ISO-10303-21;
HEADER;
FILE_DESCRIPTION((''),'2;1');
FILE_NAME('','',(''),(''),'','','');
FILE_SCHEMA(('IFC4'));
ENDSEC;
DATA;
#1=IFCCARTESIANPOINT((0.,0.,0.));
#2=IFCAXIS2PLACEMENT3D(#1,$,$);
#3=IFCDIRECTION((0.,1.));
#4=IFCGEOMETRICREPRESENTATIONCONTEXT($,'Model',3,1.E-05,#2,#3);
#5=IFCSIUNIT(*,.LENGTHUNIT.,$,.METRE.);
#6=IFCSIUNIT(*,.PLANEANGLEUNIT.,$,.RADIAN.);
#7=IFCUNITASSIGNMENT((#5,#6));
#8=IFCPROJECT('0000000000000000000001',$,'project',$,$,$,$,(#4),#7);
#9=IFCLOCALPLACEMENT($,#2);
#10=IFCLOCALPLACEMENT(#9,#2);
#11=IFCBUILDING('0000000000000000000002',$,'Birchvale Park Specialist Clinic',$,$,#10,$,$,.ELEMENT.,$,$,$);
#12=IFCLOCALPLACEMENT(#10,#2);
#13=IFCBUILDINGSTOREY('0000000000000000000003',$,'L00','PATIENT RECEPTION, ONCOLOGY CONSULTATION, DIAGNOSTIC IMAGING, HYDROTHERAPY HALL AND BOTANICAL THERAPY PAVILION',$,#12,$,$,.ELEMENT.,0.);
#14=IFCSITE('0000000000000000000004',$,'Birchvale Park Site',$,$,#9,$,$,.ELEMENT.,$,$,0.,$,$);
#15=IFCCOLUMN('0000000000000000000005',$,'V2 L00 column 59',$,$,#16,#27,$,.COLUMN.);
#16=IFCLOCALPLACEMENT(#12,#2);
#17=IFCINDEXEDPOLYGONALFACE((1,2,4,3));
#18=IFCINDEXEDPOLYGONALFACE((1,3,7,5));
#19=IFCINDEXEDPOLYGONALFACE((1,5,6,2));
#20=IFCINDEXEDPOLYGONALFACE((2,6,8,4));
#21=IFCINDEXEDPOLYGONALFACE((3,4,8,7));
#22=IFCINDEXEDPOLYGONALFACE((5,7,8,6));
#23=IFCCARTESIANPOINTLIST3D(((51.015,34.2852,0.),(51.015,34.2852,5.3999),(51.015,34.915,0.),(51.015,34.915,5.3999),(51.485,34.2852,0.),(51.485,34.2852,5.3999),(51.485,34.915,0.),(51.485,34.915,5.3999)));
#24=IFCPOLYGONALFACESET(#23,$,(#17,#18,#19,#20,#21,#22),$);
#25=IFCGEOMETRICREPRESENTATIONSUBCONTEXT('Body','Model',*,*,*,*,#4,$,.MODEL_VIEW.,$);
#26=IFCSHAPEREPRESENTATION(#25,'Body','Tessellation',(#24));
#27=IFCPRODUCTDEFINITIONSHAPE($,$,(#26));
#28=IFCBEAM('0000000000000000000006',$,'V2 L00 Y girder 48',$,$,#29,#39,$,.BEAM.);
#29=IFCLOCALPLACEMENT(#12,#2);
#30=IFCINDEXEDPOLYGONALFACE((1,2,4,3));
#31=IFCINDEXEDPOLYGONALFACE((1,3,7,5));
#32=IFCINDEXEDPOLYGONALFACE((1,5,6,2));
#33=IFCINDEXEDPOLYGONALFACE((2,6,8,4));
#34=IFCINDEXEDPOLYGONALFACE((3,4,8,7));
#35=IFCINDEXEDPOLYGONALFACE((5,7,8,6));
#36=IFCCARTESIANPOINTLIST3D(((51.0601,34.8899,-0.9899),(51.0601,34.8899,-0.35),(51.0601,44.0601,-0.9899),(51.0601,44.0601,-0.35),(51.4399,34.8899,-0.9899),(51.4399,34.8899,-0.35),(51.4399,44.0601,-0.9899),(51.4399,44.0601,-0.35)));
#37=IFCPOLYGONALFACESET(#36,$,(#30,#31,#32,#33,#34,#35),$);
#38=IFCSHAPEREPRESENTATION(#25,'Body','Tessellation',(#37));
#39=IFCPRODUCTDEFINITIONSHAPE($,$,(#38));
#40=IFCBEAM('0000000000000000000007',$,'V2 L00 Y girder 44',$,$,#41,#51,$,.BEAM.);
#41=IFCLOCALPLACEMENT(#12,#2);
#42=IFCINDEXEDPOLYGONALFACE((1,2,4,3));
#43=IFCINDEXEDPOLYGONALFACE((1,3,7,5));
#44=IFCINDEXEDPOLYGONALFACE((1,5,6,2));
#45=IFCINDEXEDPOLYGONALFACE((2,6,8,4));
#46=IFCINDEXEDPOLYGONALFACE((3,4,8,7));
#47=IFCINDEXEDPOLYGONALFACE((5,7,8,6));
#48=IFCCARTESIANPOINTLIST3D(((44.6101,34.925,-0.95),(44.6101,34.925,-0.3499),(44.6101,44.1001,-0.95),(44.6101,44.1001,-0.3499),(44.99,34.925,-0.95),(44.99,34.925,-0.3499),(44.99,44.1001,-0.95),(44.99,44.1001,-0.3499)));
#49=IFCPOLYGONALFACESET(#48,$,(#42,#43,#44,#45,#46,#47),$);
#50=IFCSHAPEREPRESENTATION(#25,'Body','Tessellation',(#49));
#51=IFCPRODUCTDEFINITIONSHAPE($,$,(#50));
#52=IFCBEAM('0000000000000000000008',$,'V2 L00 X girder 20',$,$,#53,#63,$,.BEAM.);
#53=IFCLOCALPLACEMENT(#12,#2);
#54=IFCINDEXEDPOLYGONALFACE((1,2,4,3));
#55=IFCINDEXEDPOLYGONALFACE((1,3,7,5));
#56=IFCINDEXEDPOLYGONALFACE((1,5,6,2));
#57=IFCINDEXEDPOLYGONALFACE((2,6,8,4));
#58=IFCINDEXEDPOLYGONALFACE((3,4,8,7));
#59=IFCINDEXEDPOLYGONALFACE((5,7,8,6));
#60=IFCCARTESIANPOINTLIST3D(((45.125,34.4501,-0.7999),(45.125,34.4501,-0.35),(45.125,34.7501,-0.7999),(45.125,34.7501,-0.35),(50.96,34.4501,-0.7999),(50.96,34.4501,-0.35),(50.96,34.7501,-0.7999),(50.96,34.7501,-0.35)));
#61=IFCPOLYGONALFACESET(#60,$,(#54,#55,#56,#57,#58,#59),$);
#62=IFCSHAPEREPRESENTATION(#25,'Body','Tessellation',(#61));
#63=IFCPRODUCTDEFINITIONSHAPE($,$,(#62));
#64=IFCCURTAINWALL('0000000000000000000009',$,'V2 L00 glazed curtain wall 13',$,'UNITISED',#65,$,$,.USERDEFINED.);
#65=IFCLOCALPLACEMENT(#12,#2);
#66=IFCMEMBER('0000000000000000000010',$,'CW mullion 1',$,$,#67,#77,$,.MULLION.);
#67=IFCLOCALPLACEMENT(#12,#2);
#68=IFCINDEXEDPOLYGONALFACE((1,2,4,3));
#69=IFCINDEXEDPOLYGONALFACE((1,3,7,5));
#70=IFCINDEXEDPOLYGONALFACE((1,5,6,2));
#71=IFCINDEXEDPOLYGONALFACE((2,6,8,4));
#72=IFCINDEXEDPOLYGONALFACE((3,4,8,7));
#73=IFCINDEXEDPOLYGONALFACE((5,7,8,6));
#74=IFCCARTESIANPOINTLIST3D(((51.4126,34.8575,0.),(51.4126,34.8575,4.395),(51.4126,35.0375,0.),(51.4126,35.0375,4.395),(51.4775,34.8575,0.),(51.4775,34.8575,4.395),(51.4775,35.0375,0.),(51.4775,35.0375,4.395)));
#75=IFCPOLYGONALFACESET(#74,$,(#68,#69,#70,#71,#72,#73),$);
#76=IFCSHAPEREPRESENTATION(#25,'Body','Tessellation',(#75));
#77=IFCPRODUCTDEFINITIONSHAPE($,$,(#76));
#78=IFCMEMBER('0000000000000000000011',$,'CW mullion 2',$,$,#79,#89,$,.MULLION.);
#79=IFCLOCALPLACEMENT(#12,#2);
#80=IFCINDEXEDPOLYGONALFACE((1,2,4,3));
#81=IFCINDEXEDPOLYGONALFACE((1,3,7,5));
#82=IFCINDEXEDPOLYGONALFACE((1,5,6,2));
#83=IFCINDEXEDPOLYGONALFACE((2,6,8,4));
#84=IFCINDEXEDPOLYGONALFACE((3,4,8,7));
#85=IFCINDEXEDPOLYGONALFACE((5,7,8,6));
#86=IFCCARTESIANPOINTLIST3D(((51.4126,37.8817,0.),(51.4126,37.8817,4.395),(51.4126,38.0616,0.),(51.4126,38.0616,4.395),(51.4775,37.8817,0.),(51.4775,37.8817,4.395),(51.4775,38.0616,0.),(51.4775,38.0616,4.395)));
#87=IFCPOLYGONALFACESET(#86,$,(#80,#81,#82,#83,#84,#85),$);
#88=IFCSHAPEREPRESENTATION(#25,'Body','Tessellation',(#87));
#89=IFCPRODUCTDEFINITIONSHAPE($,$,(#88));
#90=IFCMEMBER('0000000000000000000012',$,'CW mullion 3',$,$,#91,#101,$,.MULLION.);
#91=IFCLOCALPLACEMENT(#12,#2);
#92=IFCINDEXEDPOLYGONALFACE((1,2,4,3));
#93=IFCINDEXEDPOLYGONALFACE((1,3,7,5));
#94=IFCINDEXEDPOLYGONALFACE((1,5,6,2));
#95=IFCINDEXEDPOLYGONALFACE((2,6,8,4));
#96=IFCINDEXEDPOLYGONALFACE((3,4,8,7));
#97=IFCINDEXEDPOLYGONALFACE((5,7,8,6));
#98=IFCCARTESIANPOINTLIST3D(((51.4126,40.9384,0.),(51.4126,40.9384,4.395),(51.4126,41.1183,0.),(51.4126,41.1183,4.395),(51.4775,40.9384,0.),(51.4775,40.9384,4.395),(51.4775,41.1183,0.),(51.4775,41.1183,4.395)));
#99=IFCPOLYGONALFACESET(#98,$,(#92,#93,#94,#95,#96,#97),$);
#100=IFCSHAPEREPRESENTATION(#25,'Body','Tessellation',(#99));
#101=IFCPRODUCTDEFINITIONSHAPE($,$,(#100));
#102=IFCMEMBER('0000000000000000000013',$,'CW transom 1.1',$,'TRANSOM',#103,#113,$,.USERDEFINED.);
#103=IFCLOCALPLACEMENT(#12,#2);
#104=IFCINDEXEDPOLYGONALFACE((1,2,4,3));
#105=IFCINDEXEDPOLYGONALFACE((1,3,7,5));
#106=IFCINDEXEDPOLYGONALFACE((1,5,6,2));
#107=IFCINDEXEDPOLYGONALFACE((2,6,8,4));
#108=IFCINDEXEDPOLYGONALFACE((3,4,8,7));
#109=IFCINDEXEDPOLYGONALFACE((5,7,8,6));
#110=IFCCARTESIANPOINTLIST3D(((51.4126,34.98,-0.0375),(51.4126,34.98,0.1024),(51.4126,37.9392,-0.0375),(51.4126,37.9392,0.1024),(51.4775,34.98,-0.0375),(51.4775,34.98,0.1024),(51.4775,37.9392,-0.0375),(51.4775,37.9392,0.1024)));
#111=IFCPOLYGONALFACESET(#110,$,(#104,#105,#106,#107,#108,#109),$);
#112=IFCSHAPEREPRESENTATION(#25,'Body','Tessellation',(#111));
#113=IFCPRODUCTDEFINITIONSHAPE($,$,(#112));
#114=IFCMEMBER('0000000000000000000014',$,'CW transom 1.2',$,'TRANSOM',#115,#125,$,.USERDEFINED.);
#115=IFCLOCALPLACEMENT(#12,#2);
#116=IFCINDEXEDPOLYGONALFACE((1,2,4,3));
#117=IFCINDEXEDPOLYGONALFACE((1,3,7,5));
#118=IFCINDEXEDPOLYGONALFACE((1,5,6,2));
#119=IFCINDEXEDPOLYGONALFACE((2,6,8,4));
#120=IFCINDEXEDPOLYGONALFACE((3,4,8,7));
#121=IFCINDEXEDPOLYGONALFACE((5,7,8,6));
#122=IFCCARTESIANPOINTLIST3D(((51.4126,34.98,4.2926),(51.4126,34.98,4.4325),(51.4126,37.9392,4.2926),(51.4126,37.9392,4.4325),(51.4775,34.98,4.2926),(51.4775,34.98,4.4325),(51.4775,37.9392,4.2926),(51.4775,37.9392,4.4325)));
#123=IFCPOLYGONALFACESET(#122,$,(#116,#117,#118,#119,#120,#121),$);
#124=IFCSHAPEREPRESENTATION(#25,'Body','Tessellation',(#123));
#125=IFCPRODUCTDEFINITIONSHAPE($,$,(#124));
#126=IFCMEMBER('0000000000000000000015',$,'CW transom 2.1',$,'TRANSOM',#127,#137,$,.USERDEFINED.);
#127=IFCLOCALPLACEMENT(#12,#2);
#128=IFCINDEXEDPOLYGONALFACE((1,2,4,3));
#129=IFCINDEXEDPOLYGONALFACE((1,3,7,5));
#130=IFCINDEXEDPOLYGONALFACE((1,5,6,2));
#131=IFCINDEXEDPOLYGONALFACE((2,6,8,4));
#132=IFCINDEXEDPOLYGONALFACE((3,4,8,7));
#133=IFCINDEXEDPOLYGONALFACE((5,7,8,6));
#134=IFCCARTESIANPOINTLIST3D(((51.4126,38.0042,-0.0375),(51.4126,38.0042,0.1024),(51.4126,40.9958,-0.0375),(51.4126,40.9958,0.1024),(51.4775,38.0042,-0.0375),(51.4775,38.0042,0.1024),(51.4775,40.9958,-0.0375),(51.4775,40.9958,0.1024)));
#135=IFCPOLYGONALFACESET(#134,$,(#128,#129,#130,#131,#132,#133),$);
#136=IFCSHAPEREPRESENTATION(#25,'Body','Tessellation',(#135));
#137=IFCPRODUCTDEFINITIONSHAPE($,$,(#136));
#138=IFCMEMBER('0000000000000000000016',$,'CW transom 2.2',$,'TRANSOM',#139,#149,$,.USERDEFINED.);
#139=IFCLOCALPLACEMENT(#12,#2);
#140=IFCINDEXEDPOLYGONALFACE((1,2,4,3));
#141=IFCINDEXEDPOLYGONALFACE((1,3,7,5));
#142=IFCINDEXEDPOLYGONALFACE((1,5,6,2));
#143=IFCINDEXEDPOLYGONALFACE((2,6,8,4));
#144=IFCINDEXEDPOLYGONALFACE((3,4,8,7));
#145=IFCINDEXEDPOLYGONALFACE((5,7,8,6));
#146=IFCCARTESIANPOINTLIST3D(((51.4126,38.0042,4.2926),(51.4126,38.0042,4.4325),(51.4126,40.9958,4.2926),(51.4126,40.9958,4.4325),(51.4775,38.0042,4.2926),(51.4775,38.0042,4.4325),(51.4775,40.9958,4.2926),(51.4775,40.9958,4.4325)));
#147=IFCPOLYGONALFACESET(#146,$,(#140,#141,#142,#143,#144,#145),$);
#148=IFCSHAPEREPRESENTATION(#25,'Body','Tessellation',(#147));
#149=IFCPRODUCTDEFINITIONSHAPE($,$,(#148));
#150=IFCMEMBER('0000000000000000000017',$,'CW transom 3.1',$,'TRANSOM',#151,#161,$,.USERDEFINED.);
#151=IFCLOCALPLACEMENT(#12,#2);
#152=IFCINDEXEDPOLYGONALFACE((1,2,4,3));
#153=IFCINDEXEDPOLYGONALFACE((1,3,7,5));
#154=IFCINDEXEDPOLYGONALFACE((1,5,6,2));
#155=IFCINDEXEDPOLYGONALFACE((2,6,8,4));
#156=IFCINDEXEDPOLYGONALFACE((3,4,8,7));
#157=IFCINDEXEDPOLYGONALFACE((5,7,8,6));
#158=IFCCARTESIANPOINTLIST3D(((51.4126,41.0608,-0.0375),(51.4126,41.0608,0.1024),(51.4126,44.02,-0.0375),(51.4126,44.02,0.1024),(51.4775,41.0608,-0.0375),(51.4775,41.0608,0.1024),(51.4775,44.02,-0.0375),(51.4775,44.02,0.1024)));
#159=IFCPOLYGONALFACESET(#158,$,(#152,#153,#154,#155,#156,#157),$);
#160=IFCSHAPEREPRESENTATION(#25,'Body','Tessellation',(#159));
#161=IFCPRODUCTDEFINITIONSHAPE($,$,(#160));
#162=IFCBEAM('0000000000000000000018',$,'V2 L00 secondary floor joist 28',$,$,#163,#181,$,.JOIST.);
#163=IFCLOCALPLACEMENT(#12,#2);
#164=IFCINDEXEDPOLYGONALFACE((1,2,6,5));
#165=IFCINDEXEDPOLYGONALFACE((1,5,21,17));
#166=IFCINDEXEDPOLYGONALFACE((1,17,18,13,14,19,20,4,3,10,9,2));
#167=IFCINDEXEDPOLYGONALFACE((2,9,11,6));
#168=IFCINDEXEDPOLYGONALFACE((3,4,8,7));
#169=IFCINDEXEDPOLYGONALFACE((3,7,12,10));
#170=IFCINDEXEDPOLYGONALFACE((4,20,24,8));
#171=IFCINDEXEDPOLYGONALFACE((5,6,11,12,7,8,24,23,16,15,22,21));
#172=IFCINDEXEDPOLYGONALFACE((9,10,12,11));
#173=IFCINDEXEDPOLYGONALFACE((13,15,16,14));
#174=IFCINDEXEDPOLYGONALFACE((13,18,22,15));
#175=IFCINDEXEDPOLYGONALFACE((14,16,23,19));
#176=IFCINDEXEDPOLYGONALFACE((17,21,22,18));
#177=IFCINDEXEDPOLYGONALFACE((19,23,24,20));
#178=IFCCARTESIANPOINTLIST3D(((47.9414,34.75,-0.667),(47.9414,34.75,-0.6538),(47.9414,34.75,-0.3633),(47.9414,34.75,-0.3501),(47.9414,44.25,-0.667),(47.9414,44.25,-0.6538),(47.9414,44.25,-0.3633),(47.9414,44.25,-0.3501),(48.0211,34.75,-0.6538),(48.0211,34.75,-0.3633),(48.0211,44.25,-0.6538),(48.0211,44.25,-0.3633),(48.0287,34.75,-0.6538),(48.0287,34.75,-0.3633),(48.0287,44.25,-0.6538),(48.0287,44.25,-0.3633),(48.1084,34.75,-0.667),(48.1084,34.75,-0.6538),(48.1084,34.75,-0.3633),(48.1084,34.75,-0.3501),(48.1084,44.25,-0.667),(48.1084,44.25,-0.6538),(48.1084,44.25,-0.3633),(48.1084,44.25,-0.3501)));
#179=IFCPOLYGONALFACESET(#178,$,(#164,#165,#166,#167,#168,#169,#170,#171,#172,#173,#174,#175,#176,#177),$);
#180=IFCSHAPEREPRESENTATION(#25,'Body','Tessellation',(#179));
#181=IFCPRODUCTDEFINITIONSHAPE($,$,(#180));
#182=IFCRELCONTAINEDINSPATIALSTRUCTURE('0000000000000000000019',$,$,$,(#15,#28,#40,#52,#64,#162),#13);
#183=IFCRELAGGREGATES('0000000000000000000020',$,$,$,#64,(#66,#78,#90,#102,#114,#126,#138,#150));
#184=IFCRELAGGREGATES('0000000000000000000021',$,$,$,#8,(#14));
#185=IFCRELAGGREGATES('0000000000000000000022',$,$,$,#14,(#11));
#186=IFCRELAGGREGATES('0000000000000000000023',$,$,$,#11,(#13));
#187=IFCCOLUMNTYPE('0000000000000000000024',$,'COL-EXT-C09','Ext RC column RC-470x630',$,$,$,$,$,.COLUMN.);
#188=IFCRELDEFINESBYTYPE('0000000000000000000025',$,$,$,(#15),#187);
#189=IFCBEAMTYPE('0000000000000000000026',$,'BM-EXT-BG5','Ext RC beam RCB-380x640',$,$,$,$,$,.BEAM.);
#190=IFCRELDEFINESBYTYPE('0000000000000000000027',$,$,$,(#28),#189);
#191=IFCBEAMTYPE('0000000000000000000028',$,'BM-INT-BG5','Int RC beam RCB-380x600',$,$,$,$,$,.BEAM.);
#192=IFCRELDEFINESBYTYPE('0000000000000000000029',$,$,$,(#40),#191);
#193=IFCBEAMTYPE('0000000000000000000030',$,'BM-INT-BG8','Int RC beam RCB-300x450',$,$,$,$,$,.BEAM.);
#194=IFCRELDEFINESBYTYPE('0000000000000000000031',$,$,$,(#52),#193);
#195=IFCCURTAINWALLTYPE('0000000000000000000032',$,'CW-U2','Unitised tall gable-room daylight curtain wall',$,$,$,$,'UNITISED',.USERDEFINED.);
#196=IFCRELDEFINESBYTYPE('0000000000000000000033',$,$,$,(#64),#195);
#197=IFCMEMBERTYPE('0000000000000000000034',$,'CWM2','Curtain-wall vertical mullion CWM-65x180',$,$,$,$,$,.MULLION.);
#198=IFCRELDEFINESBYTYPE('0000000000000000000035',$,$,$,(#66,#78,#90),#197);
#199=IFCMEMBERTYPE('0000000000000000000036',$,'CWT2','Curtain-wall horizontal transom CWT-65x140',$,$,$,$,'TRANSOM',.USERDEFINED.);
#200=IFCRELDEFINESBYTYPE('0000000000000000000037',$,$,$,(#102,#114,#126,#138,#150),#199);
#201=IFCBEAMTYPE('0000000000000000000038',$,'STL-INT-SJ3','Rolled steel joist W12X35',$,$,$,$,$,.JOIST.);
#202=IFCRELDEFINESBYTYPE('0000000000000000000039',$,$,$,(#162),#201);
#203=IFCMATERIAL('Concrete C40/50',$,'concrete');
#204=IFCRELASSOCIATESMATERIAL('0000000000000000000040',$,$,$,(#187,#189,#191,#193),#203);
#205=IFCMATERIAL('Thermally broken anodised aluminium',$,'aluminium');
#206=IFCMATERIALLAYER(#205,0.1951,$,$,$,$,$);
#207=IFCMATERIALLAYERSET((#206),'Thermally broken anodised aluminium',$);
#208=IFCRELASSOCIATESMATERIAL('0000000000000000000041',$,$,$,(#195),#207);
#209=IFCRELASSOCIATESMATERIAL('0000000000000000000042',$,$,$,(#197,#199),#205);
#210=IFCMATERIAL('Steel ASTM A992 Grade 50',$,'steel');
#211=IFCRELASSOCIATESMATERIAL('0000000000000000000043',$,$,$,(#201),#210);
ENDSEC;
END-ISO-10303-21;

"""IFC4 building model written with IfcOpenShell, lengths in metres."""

from ifc_helpers import new_model, si_unit, direction, frame, origin, origin_2d, place, context, subcontext, project, spatial, rectangle, i_section, extrude, material, layer, layer_set, material_profile, profile_set, type_object, element, aggregate, save


model = new_model("IFC4")

# Units and contexts
model_context = context("Model", 3, precision=1e-05, world=origin(), true_north=direction((0.0, 1.0)))
body_context = subcontext(model_context, "Body", "Model", "MODEL_VIEW")
ifc_project = project(units=[si_unit("LENGTHUNIT", "METRE"), si_unit("PLANEANGLEUNIT", "RADIAN")], contexts=[model_context])

# Site, building, storey
site_placement = place(None, origin())
site = spatial("IfcSite", under=ifc_project, at=site_placement, Name="Birchvale Park Site", CompositionType="ELEMENT", RefElevation=0.0)
building_placement = place(site_placement, origin())
building = spatial("IfcBuilding", under=site, at=building_placement, Name="Birchvale Park Specialist Clinic", CompositionType="ELEMENT")
storey_placement = place(building_placement, origin())
storey = spatial("IfcBuildingStorey", under=building, at=storey_placement, Name="L00", Description="PATIENT RECEPTION, ONCOLOGY CONSULTATION, DIAGNOSTIC IMAGING, HYDROTHERAPY HALL AND BOTANICAL THERAPY PAVILION", CompositionType="ELEMENT", Elevation=0.0)

# Column
ifc_material_1 = material(Name="Concrete C40/50", Category="concrete")
ifc_material_profile_1 = material_profile(ifc_material_1, rectangle(XDim=0.47, YDim=0.6299, at=origin_2d()), Name="RC-470x630")
ifc_profile_set_1 = profile_set([ifc_material_profile_1], Name="Concrete C40/50")
column_type = type_object("IfcColumnType", Name="COL-EXT-C09", Description="Ext RC column RC-470x630", PredefinedType="COLUMN", material=ifc_profile_set_1)
column_placement = place(storey_placement, frame((51.25, 34.6001, 0.0), z_axis=(0.0, 0.0, 1.0), x_axis=(1.0, 0.0, 0.0)))
element("IfcColumn", 1, at=column_placement, inside=storey, type_object=column_type, Name="V2 L00 column 59", PredefinedType="COLUMN", context=body_context, shape_type="SweptSolid", body=[
    extrude(rectangle(XDim=0.47, YDim=0.6299, at=origin_2d()), origin(), (0.0, 0.0, 1.0), 5.3999),
])

# Beams
ifc_material_profile_2 = material_profile(ifc_material_1, rectangle(XDim=0.3799, YDim=0.6399, at=origin_2d()), Name="RCB-380x640")
ifc_profile_set_2 = profile_set([ifc_material_profile_2], Name="Concrete C40/50")
beam_type_1 = type_object("IfcBeamType", Name="BM-EXT-BG5", Description="Ext RC beam RCB-380x640", PredefinedType="BEAM", material=ifc_profile_set_2)
beam_1_placement = place(storey_placement, frame((51.25, 34.8899, -0.6699), z_axis=(0.0, 1.0, 0.0), x_axis=(-1.0, 0.0, 0.0)))
element("IfcBeam", 2, at=beam_1_placement, inside=storey, type_object=beam_type_1, Name="V2 L00 Y girder 48", PredefinedType="BEAM", context=body_context, shape_type="SweptSolid", body=[
    extrude(rectangle(XDim=0.3799, YDim=0.6399, at=origin_2d()), origin(), (0.0, 0.0, 1.0), 9.1702),
])
ifc_material_profile_3 = material_profile(ifc_material_1, rectangle(XDim=0.3799, YDim=0.6001, at=origin_2d()), Name="RCB-380x600")
ifc_profile_set_3 = profile_set([ifc_material_profile_3], Name="Concrete C40/50")
beam_type_2 = type_object("IfcBeamType", Name="BM-INT-BG5", Description="Int RC beam RCB-380x600", PredefinedType="BEAM", material=ifc_profile_set_3)
beam_2_placement = place(storey_placement, frame((44.8, 34.925, -0.6499), z_axis=(0.0, 1.0, 0.0), x_axis=(-1.0, 0.0, 0.0)))
element("IfcBeam", 3, at=beam_2_placement, inside=storey, type_object=beam_type_2, Name="V2 L00 Y girder 44", PredefinedType="BEAM", context=body_context, shape_type="SweptSolid", body=[
    extrude(rectangle(XDim=0.3799, YDim=0.6001, at=origin_2d()), origin(), (0.0, 0.0, 1.0), 9.175),
])
ifc_material_profile_4 = material_profile(ifc_material_1, rectangle(XDim=0.3, YDim=0.45, at=origin_2d()), Name="RCB-300x450")
ifc_profile_set_4 = profile_set([ifc_material_profile_4], Name="Concrete C40/50")
beam_type_3 = type_object("IfcBeamType", Name="BM-INT-BG8", Description="Int RC beam RCB-300x450", PredefinedType="BEAM", material=ifc_profile_set_4)
beam_3_placement = place(storey_placement, frame((45.125, 34.6001, -0.575), z_axis=(1.0, 0.0, 0.0), x_axis=(0.0, 1.0, 0.0)))
element("IfcBeam", 4, at=beam_3_placement, inside=storey, type_object=beam_type_3, Name="V2 L00 X girder 20", PredefinedType="BEAM", context=body_context, shape_type="SweptSolid", body=[
    extrude(rectangle(XDim=0.3, YDim=0.45, at=origin_2d()), origin(), (0.0, 0.0, 1.0), 5.835),
])

# Curtain wall, members
ifc_material_2 = material(Name="Thermally broken anodised aluminium", Category="aluminium")
ifc_layer_1 = layer(ifc_material_2, 0.1951)
ifc_layer_set_1 = layer_set([ifc_layer_1], Name="Thermally broken anodised aluminium")
curtain_wall_type = type_object("IfcCurtainWallType", Name="CW-U2", Description="Unitised tall gable-room daylight curtain wall", ElementType="UNITISED", PredefinedType="USERDEFINED", material=ifc_layer_set_1)
curtain_wall_placement = place(storey_placement, origin())
curtain_wall = element("IfcCurtainWall", 5, at=curtain_wall_placement, inside=storey, type_object=curtain_wall_type, Name="V2 L00 glazed curtain wall 13", ObjectType="UNITISED", PredefinedType="USERDEFINED")
ifc_material_profile_5 = material_profile(ifc_material_2, rectangle(XDim=0.0649, YDim=0.1799, at=origin_2d()), Name="CWM-65x180")
ifc_profile_set_5 = profile_set([ifc_material_profile_5], Name="Thermally broken anodised aluminium")
member_type_1 = type_object("IfcMemberType", Name="CWM2", Description="Curtain-wall vertical mullion CWM-65x180", PredefinedType="MULLION", material=ifc_profile_set_5)
member_1_placement = place(storey_placement, frame((51.4451, 34.9475, 0.0), z_axis=(0.0, 0.0, 1.0), x_axis=(-1.0, 0.0, 0.0)))
member_1 = element("IfcMember", 6, at=member_1_placement, type_object=member_type_1, Name="CW mullion 1", PredefinedType="MULLION", context=body_context, shape_type="SweptSolid", body=[
    extrude(rectangle(XDim=0.0649, YDim=0.1799, at=origin_2d()), origin(), (0.0, 0.0, 1.0), 4.395),
])
member_2_placement = place(storey_placement, frame((51.4451, 37.9717, 0.0), z_axis=(0.0, 0.0, 1.0), x_axis=(-1.0, 0.0, 0.0)))
member_2 = element("IfcMember", 7, at=member_2_placement, type_object=member_type_1, Name="CW mullion 2", PredefinedType="MULLION", context=body_context, shape_type="SweptSolid", body=[
    extrude(rectangle(XDim=0.0649, YDim=0.1799, at=origin_2d()), origin(), (0.0, 0.0, 1.0), 4.395),
])
member_3_placement = place(storey_placement, frame((51.4451, 41.0283, 0.0), z_axis=(0.0, 0.0, 1.0), x_axis=(-1.0, 0.0, 0.0)))
member_3 = element("IfcMember", 8, at=member_3_placement, type_object=member_type_1, Name="CW mullion 3", PredefinedType="MULLION", context=body_context, shape_type="SweptSolid", body=[
    extrude(rectangle(XDim=0.0649, YDim=0.1799, at=origin_2d()), origin(), (0.0, 0.0, 1.0), 4.395),
])
ifc_material_profile_6 = material_profile(ifc_material_2, rectangle(XDim=0.0649, YDim=0.1399, at=origin_2d()), Name="CWT-65x140")
ifc_profile_set_6 = profile_set([ifc_material_profile_6], Name="Thermally broken anodised aluminium")
member_type_2 = type_object("IfcMemberType", Name="CWT2", Description="Curtain-wall horizontal transom CWT-65x140", ElementType="TRANSOM", PredefinedType="USERDEFINED", material=ifc_profile_set_6)
member_4_placement = place(storey_placement, frame((51.4451, 34.98, 0.0325), z_axis=(0.0, 1.0, 0.0), x_axis=(-1.0, 0.0, 0.0)))
member_4 = element("IfcMember", 9, at=member_4_placement, type_object=member_type_2, Name="CW transom 1.1", ObjectType="TRANSOM", PredefinedType="USERDEFINED", context=body_context, shape_type="SweptSolid", body=[
    extrude(rectangle(XDim=0.0649, YDim=0.1399, at=origin_2d()), origin(), (0.0, 0.0, 1.0), 2.9592),
])
member_5_placement = place(storey_placement, frame((51.4451, 34.98, 4.3625), z_axis=(0.0, 1.0, 0.0), x_axis=(-1.0, 0.0, 0.0)))
member_5 = element("IfcMember", 10, at=member_5_placement, type_object=member_type_2, Name="CW transom 1.2", ObjectType="TRANSOM", PredefinedType="USERDEFINED", context=body_context, shape_type="SweptSolid", body=[
    extrude(rectangle(XDim=0.0649, YDim=0.1399, at=origin_2d()), origin(), (0.0, 0.0, 1.0), 2.9592),
])
member_6_placement = place(storey_placement, frame((51.4451, 38.0042, 0.0325), z_axis=(0.0, 1.0, 0.0), x_axis=(-1.0, 0.0, 0.0)))
member_6 = element("IfcMember", 11, at=member_6_placement, type_object=member_type_2, Name="CW transom 2.1", ObjectType="TRANSOM", PredefinedType="USERDEFINED", context=body_context, shape_type="SweptSolid", body=[
    extrude(rectangle(XDim=0.0649, YDim=0.1399, at=origin_2d()), origin(), (0.0, 0.0, 1.0), 2.9917),
])
member_7_placement = place(storey_placement, frame((51.4451, 38.0042, 4.3625), z_axis=(0.0, 1.0, 0.0), x_axis=(-1.0, 0.0, 0.0)))
member_7 = element("IfcMember", 12, at=member_7_placement, type_object=member_type_2, Name="CW transom 2.2", ObjectType="TRANSOM", PredefinedType="USERDEFINED", context=body_context, shape_type="SweptSolid", body=[
    extrude(rectangle(XDim=0.0649, YDim=0.1399, at=origin_2d()), origin(), (0.0, 0.0, 1.0), 2.9917),
])
member_8_placement = place(storey_placement, frame((51.4451, 41.0608, 0.0325), z_axis=(0.0, 1.0, 0.0), x_axis=(-1.0, 0.0, 0.0)))
member_8 = element("IfcMember", 13, at=member_8_placement, type_object=member_type_2, Name="CW transom 3.1", ObjectType="TRANSOM", PredefinedType="USERDEFINED", context=body_context, shape_type="SweptSolid", body=[
    extrude(rectangle(XDim=0.0649, YDim=0.1399, at=origin_2d()), origin(), (0.0, 0.0, 1.0), 2.9592),
])

# Beam
ifc_material_3 = material(Name="Steel ASTM A992 Grade 50", Category="steel")
ifc_material_profile_7 = material_profile(ifc_material_3, i_section(OverallWidth=0.167, OverallDepth=0.3169, WebThickness=0.0076, FlangeThickness=0.0132, at=origin_2d()), Name="W12X35")
ifc_profile_set_7 = profile_set([ifc_material_profile_7], Name="Steel ASTM A992 Grade 50")
beam_type_4 = type_object("IfcBeamType", Name="STL-INT-SJ3", Description="Rolled steel joist W12X35", PredefinedType="JOIST", material=ifc_profile_set_7)
beam_4_placement = place(storey_placement, frame((48.0249, 34.75, -0.5085), z_axis=(0.0, 1.0, 0.0), x_axis=(-1.0, 0.0, 0.0)))
element("IfcBeam", 14, at=beam_4_placement, inside=storey, type_object=beam_type_4, Name="V2 L00 secondary floor joist 28", PredefinedType="JOIST", context=body_context, shape_type="SweptSolid", body=[
    extrude(i_section(OverallWidth=0.167, OverallDepth=0.3169, WebThickness=0.0076, FlangeThickness=0.0132, at=origin_2d()), origin(), (0.0, 0.0, 1.0), 9.5),
])

aggregate(curtain_wall, [member_1, member_2, member_3, member_4, member_5, member_6, member_7, member_8])

save(model, "model.ifc")
